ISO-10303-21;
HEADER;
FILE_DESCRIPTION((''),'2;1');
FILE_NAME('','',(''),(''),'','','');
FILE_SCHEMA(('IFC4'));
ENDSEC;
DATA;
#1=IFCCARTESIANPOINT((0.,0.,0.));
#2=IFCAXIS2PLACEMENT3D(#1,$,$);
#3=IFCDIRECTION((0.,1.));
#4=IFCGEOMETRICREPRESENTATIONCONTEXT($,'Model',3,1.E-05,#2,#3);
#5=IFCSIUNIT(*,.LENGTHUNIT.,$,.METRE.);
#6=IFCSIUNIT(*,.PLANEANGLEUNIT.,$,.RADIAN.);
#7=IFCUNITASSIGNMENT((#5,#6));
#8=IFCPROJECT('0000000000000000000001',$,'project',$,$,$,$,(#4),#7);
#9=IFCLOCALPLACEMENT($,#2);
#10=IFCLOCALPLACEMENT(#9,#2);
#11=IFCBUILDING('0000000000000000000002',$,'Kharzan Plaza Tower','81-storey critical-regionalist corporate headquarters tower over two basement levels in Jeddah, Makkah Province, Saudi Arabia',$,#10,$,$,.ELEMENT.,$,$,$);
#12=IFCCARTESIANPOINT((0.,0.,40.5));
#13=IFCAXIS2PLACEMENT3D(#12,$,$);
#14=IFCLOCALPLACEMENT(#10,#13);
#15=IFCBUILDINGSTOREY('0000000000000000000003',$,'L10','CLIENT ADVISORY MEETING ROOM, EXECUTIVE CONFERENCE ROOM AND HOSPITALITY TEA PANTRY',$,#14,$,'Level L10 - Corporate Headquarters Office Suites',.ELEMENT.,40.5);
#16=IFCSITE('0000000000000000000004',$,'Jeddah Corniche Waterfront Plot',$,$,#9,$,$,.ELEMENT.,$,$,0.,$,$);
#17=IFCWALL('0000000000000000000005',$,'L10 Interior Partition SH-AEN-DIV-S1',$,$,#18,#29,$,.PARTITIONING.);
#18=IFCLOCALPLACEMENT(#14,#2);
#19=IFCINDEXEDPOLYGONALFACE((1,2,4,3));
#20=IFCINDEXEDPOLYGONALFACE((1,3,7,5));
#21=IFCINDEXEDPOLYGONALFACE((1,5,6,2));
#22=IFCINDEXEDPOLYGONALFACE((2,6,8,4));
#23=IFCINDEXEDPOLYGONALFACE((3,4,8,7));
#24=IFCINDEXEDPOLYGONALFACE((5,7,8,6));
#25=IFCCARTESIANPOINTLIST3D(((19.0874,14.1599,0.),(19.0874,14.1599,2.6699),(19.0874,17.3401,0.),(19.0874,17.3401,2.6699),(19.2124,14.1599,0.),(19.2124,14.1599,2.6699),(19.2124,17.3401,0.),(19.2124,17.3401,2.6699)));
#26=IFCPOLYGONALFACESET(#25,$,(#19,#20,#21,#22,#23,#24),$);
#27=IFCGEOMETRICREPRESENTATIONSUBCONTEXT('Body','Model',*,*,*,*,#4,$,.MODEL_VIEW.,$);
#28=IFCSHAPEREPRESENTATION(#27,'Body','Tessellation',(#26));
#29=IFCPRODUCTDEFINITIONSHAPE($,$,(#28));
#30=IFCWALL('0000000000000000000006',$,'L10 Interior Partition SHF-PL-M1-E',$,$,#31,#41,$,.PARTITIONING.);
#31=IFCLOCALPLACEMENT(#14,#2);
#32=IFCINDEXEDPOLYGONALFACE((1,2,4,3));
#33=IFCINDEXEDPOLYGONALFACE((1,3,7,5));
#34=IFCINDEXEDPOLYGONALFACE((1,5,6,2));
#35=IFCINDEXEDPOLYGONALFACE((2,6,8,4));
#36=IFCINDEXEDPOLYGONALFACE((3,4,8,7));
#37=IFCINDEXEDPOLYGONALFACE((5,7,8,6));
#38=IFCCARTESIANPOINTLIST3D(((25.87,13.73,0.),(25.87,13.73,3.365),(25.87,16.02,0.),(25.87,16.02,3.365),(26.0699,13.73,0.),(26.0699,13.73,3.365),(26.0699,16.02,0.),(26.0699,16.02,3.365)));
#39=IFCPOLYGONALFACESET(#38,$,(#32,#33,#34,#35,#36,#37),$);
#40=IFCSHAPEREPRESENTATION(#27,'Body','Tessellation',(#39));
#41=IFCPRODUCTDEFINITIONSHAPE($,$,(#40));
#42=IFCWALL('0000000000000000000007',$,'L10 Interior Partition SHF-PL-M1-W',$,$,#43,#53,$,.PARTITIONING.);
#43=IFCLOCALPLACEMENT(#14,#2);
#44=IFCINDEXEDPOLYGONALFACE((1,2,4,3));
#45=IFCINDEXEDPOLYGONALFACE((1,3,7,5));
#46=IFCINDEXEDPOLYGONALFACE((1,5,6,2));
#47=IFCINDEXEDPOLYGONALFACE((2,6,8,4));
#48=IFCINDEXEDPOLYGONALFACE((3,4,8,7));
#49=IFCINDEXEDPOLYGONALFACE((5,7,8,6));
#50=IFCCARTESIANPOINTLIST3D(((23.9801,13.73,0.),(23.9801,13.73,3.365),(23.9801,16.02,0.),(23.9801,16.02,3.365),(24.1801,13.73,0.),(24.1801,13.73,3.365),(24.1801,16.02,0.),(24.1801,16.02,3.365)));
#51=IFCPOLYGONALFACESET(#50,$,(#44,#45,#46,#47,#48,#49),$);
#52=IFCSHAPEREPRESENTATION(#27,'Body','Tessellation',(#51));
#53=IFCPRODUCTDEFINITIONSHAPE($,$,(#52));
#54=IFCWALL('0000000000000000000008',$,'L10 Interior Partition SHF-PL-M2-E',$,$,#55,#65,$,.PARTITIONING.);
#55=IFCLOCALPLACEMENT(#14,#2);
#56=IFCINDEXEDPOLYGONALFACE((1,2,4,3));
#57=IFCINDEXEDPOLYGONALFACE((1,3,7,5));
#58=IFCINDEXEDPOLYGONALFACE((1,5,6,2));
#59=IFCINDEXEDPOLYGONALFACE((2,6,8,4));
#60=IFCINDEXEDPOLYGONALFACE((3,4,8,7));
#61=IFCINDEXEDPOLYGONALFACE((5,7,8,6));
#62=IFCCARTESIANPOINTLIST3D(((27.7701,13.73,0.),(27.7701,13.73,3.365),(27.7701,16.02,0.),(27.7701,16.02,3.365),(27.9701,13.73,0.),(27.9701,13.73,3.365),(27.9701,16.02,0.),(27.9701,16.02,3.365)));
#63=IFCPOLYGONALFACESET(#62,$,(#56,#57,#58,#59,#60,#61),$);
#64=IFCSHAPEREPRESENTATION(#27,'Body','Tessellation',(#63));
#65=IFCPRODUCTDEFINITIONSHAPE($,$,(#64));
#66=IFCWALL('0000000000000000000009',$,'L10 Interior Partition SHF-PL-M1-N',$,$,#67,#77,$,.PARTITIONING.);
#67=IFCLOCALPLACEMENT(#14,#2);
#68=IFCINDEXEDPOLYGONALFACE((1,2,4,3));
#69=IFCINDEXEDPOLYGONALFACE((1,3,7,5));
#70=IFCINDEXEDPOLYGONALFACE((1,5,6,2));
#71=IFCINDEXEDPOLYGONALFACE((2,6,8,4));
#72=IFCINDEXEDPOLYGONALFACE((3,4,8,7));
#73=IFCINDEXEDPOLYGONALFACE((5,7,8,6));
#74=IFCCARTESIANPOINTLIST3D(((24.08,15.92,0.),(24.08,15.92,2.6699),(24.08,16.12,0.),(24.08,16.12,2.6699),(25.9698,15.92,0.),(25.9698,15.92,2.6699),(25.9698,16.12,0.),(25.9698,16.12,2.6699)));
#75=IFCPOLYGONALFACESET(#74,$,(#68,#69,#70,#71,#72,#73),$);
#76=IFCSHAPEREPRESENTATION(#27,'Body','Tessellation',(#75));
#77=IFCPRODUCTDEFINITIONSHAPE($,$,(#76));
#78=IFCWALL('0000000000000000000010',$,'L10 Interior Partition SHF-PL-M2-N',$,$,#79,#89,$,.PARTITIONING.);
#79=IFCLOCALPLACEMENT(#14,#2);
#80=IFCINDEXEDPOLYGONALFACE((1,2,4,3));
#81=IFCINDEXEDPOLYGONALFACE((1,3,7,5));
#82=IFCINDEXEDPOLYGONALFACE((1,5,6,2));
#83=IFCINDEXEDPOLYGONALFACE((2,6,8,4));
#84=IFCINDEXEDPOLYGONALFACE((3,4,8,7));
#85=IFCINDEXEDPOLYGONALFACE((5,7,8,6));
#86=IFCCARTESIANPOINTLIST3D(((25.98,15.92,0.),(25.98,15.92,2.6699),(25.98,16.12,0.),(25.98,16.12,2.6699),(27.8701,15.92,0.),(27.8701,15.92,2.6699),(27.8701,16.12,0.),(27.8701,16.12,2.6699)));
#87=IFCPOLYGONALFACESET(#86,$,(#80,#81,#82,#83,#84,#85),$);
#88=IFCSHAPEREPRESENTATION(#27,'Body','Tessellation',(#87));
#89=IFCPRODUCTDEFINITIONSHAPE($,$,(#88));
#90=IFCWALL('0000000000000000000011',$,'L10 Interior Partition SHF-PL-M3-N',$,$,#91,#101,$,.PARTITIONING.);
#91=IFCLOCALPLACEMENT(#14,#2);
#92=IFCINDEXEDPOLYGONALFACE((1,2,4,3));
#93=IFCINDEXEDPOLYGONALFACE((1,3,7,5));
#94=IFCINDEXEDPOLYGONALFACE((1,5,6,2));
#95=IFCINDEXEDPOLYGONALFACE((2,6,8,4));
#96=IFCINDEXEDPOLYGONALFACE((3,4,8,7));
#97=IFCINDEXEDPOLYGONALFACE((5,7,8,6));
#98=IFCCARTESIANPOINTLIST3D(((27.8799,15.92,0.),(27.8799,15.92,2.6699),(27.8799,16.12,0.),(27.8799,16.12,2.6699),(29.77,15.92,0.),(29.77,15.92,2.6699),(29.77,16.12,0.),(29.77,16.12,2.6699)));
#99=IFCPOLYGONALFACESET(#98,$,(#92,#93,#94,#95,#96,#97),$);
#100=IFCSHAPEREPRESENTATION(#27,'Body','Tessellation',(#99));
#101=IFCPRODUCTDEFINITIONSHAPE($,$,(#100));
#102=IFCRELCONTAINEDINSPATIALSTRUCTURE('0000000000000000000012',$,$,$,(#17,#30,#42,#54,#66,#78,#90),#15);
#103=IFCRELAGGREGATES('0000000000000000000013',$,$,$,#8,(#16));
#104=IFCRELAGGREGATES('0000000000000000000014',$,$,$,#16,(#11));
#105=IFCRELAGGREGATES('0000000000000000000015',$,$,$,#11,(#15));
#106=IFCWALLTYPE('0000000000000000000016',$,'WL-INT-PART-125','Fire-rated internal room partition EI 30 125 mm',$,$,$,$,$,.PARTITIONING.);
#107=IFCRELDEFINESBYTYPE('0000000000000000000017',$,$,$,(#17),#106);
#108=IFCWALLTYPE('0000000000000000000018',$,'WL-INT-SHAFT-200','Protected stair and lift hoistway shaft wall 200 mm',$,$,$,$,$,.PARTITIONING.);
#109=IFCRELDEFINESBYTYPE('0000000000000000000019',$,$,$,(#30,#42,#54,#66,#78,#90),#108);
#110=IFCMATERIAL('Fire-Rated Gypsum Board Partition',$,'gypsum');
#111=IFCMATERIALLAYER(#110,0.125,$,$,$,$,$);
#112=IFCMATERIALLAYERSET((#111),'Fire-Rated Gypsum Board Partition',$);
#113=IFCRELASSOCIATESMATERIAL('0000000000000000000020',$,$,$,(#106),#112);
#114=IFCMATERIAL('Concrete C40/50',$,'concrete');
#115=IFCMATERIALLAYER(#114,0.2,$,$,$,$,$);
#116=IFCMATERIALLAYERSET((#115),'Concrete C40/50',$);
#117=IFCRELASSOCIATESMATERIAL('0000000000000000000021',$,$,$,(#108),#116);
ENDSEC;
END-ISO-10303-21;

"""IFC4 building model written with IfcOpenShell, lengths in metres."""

from ifc_helpers import new_model, si_unit, direction, frame, frame_2d, origin, place, context, subcontext, project, spatial, rectangle, extrude, source, transform, mapped, material, layer, layer_set, type_object, element, save


model = new_model("IFC4")

# Units and contexts
model_context = context("Model", 3, precision=1e-05, world=origin(), true_north=direction((0.0, 1.0)))
body_context = subcontext(model_context, "Body", "Model", "MODEL_VIEW")
ifc_project = project(units=[si_unit("LENGTHUNIT", "METRE"), si_unit("PLANEANGLEUNIT", "RADIAN")], contexts=[model_context])

# Site, building, storey
site_placement = place(None, origin())
site = spatial("IfcSite", under=ifc_project, at=site_placement, Name="Jeddah Corniche Waterfront Plot", CompositionType="ELEMENT", RefElevation=0.0)
building_placement = place(site_placement, origin())
building = spatial("IfcBuilding", under=site, at=building_placement, Name="Kharzan Plaza Tower", Description="81-storey critical-regionalist corporate headquarters tower over two basement levels in Jeddah, Makkah Province, Saudi Arabia", CompositionType="ELEMENT")
storey_placement = place(building_placement, frame((0.0, 0.0, 40.5)))
storey = spatial("IfcBuildingStorey", under=building, at=storey_placement, Name="L10", Description="CLIENT ADVISORY MEETING ROOM, EXECUTIVE CONFERENCE ROOM AND HOSPITALITY TEA PANTRY", LongName="Level L10 - Corporate Headquarters Office Suites", CompositionType="ELEMENT", Elevation=40.5)

# Shared definitions
ifc_material_1 = material(Name="Fire-Rated Gypsum Board Partition", Category="gypsum")
ifc_layer_1 = layer(ifc_material_1, 0.125)
ifc_layer_set_1 = layer_set([ifc_layer_1], Name="Fire-Rated Gypsum Board Partition")
wall_type_1 = type_object("IfcWallType", Name="WL-INT-PART-125", Description="Fire-rated internal room partition EI 30 125 mm", PredefinedType="PARTITIONING", material=ifc_layer_set_1)
ifc_material_2 = material(Name="Concrete C40/50", Category="concrete")
ifc_layer_2 = layer(ifc_material_2, 0.2)
ifc_layer_set_2 = layer_set([ifc_layer_2], Name="Concrete C40/50")
wall_type_2 = type_object("IfcWallType", Name="WL-INT-SHAFT-200", Description="Protected stair and lift hoistway shaft wall 200 mm", PredefinedType="PARTITIONING", material=ifc_layer_set_2)

# Walls
shared_shape_1 = source(origin(), body_context, "Body", "SweptSolid", [
    extrude(rectangle(XDim=3.1802, YDim=0.125, at=frame_2d((1.5901, 0.0))), origin(), (0.0, 0.0, 1.0), 2.6699),
])
wall_1_placement = place(storey_placement, frame((19.1499, 14.1599, 0.0), z_axis=(0.0, 0.0, 1.0), x_axis=(0.0, 1.0, 0.0)))
element("IfcWall", 1, at=wall_1_placement, inside=storey, type_object=wall_type_1, Name="L10 Interior Partition SH-AEN-DIV-S1", PredefinedType="PARTITIONING", context=body_context, shape_type="MappedRepresentation", body=[
    mapped(shared_shape_1, transform((0.0, 0.0, 0.0), x_axis=(1.0, 0.0, 0.0), y_axis=(0.0, 1.0, 0.0), z_axis=(0.0, 0.0, 1.0))),
])
shared_shape_2 = source(origin(), body_context, "Body", "SweptSolid", [
    extrude(rectangle(XDim=2.29, YDim=0.2, at=frame_2d((1.145, 0.0))), origin(), (0.0, 0.0, 1.0), 3.365),
])
for number, where, z_axis, x_axis, name in (
    (2, (25.97, 13.73, 0.0), (0.0, 0.0, 1.0), (0.0, 1.0, 0.0), "L10 Interior Partition SHF-PL-M1-E"),
    (3, (24.0801, 13.73, 0.0), (0.0, 0.0, 1.0), (0.0, 1.0, 0.0), "L10 Interior Partition SHF-PL-M1-W"),
    (4, (27.8701, 13.73, 0.0), (0.0, 0.0, 1.0), (0.0, 1.0, 0.0), "L10 Interior Partition SHF-PL-M2-E"),
):
    element("IfcWall", number, at=place(storey_placement, frame(where, z_axis=z_axis, x_axis=x_axis)), inside=storey, type_object=wall_type_2, Name=name, PredefinedType="PARTITIONING", context=body_context, shape_type="MappedRepresentation", body=[
        mapped(shared_shape_2, transform((0.0, 0.0, 0.0), x_axis=(1.0, 0.0, 0.0), y_axis=(0.0, 1.0, 0.0), z_axis=(0.0, 0.0, 1.0))),
    ])
shared_shape_3 = source(origin(), body_context, "Body", "SweptSolid", [
    extrude(rectangle(XDim=1.8899, YDim=0.2, at=frame_2d((0.9448, 0.0))), origin(), (0.0, 0.0, 1.0), 2.6699),
])
wall_2_placement = place(storey_placement, frame((24.0801, 16.02, 0.0), z_axis=(0.0, 0.0, 1.0), x_axis=(1.0, 0.0, 0.0)))
element("IfcWall", 5, at=wall_2_placement, inside=storey, type_object=wall_type_2, Name="L10 Interior Partition SHF-PL-M1-N", PredefinedType="PARTITIONING", context=body_context, shape_type="MappedRepresentation", body=[
    mapped(shared_shape_3, transform((0.0, 0.0, 0.0), x_axis=(1.0, 0.0, 0.0), y_axis=(0.0, 1.0, 0.0), z_axis=(0.0, 0.0, 1.0))),
])
shared_shape_4 = source(origin(), body_context, "Body", "SweptSolid", [
    extrude(rectangle(XDim=1.8901, YDim=0.2, at=frame_2d((0.9451, 0.0))), origin(), (0.0, 0.0, 1.0), 2.6699),
])
for number, where, z_axis, x_axis, name in (
    (6, (25.98, 16.02, 0.0), (0.0, 0.0, 1.0), (1.0, 0.0, 0.0), "L10 Interior Partition SHF-PL-M2-N"),
    (7, (27.8799, 16.02, 0.0), (0.0, 0.0, 1.0), (1.0, 0.0, 0.0), "L10 Interior Partition SHF-PL-M3-N"),
):
    element("IfcWall", number, at=place(storey_placement, frame(where, z_axis=z_axis, x_axis=x_axis)), inside=storey, type_object=wall_type_2, Name=name, PredefinedType="PARTITIONING", context=body_context, shape_type="MappedRepresentation", body=[
        mapped(shared_shape_4, transform((0.0, 0.0, 0.0), x_axis=(1.0, 0.0, 0.0), y_axis=(0.0, 1.0, 0.0), z_axis=(0.0, 0.0, 1.0))),
    ])

save(model, "model.ifc")
